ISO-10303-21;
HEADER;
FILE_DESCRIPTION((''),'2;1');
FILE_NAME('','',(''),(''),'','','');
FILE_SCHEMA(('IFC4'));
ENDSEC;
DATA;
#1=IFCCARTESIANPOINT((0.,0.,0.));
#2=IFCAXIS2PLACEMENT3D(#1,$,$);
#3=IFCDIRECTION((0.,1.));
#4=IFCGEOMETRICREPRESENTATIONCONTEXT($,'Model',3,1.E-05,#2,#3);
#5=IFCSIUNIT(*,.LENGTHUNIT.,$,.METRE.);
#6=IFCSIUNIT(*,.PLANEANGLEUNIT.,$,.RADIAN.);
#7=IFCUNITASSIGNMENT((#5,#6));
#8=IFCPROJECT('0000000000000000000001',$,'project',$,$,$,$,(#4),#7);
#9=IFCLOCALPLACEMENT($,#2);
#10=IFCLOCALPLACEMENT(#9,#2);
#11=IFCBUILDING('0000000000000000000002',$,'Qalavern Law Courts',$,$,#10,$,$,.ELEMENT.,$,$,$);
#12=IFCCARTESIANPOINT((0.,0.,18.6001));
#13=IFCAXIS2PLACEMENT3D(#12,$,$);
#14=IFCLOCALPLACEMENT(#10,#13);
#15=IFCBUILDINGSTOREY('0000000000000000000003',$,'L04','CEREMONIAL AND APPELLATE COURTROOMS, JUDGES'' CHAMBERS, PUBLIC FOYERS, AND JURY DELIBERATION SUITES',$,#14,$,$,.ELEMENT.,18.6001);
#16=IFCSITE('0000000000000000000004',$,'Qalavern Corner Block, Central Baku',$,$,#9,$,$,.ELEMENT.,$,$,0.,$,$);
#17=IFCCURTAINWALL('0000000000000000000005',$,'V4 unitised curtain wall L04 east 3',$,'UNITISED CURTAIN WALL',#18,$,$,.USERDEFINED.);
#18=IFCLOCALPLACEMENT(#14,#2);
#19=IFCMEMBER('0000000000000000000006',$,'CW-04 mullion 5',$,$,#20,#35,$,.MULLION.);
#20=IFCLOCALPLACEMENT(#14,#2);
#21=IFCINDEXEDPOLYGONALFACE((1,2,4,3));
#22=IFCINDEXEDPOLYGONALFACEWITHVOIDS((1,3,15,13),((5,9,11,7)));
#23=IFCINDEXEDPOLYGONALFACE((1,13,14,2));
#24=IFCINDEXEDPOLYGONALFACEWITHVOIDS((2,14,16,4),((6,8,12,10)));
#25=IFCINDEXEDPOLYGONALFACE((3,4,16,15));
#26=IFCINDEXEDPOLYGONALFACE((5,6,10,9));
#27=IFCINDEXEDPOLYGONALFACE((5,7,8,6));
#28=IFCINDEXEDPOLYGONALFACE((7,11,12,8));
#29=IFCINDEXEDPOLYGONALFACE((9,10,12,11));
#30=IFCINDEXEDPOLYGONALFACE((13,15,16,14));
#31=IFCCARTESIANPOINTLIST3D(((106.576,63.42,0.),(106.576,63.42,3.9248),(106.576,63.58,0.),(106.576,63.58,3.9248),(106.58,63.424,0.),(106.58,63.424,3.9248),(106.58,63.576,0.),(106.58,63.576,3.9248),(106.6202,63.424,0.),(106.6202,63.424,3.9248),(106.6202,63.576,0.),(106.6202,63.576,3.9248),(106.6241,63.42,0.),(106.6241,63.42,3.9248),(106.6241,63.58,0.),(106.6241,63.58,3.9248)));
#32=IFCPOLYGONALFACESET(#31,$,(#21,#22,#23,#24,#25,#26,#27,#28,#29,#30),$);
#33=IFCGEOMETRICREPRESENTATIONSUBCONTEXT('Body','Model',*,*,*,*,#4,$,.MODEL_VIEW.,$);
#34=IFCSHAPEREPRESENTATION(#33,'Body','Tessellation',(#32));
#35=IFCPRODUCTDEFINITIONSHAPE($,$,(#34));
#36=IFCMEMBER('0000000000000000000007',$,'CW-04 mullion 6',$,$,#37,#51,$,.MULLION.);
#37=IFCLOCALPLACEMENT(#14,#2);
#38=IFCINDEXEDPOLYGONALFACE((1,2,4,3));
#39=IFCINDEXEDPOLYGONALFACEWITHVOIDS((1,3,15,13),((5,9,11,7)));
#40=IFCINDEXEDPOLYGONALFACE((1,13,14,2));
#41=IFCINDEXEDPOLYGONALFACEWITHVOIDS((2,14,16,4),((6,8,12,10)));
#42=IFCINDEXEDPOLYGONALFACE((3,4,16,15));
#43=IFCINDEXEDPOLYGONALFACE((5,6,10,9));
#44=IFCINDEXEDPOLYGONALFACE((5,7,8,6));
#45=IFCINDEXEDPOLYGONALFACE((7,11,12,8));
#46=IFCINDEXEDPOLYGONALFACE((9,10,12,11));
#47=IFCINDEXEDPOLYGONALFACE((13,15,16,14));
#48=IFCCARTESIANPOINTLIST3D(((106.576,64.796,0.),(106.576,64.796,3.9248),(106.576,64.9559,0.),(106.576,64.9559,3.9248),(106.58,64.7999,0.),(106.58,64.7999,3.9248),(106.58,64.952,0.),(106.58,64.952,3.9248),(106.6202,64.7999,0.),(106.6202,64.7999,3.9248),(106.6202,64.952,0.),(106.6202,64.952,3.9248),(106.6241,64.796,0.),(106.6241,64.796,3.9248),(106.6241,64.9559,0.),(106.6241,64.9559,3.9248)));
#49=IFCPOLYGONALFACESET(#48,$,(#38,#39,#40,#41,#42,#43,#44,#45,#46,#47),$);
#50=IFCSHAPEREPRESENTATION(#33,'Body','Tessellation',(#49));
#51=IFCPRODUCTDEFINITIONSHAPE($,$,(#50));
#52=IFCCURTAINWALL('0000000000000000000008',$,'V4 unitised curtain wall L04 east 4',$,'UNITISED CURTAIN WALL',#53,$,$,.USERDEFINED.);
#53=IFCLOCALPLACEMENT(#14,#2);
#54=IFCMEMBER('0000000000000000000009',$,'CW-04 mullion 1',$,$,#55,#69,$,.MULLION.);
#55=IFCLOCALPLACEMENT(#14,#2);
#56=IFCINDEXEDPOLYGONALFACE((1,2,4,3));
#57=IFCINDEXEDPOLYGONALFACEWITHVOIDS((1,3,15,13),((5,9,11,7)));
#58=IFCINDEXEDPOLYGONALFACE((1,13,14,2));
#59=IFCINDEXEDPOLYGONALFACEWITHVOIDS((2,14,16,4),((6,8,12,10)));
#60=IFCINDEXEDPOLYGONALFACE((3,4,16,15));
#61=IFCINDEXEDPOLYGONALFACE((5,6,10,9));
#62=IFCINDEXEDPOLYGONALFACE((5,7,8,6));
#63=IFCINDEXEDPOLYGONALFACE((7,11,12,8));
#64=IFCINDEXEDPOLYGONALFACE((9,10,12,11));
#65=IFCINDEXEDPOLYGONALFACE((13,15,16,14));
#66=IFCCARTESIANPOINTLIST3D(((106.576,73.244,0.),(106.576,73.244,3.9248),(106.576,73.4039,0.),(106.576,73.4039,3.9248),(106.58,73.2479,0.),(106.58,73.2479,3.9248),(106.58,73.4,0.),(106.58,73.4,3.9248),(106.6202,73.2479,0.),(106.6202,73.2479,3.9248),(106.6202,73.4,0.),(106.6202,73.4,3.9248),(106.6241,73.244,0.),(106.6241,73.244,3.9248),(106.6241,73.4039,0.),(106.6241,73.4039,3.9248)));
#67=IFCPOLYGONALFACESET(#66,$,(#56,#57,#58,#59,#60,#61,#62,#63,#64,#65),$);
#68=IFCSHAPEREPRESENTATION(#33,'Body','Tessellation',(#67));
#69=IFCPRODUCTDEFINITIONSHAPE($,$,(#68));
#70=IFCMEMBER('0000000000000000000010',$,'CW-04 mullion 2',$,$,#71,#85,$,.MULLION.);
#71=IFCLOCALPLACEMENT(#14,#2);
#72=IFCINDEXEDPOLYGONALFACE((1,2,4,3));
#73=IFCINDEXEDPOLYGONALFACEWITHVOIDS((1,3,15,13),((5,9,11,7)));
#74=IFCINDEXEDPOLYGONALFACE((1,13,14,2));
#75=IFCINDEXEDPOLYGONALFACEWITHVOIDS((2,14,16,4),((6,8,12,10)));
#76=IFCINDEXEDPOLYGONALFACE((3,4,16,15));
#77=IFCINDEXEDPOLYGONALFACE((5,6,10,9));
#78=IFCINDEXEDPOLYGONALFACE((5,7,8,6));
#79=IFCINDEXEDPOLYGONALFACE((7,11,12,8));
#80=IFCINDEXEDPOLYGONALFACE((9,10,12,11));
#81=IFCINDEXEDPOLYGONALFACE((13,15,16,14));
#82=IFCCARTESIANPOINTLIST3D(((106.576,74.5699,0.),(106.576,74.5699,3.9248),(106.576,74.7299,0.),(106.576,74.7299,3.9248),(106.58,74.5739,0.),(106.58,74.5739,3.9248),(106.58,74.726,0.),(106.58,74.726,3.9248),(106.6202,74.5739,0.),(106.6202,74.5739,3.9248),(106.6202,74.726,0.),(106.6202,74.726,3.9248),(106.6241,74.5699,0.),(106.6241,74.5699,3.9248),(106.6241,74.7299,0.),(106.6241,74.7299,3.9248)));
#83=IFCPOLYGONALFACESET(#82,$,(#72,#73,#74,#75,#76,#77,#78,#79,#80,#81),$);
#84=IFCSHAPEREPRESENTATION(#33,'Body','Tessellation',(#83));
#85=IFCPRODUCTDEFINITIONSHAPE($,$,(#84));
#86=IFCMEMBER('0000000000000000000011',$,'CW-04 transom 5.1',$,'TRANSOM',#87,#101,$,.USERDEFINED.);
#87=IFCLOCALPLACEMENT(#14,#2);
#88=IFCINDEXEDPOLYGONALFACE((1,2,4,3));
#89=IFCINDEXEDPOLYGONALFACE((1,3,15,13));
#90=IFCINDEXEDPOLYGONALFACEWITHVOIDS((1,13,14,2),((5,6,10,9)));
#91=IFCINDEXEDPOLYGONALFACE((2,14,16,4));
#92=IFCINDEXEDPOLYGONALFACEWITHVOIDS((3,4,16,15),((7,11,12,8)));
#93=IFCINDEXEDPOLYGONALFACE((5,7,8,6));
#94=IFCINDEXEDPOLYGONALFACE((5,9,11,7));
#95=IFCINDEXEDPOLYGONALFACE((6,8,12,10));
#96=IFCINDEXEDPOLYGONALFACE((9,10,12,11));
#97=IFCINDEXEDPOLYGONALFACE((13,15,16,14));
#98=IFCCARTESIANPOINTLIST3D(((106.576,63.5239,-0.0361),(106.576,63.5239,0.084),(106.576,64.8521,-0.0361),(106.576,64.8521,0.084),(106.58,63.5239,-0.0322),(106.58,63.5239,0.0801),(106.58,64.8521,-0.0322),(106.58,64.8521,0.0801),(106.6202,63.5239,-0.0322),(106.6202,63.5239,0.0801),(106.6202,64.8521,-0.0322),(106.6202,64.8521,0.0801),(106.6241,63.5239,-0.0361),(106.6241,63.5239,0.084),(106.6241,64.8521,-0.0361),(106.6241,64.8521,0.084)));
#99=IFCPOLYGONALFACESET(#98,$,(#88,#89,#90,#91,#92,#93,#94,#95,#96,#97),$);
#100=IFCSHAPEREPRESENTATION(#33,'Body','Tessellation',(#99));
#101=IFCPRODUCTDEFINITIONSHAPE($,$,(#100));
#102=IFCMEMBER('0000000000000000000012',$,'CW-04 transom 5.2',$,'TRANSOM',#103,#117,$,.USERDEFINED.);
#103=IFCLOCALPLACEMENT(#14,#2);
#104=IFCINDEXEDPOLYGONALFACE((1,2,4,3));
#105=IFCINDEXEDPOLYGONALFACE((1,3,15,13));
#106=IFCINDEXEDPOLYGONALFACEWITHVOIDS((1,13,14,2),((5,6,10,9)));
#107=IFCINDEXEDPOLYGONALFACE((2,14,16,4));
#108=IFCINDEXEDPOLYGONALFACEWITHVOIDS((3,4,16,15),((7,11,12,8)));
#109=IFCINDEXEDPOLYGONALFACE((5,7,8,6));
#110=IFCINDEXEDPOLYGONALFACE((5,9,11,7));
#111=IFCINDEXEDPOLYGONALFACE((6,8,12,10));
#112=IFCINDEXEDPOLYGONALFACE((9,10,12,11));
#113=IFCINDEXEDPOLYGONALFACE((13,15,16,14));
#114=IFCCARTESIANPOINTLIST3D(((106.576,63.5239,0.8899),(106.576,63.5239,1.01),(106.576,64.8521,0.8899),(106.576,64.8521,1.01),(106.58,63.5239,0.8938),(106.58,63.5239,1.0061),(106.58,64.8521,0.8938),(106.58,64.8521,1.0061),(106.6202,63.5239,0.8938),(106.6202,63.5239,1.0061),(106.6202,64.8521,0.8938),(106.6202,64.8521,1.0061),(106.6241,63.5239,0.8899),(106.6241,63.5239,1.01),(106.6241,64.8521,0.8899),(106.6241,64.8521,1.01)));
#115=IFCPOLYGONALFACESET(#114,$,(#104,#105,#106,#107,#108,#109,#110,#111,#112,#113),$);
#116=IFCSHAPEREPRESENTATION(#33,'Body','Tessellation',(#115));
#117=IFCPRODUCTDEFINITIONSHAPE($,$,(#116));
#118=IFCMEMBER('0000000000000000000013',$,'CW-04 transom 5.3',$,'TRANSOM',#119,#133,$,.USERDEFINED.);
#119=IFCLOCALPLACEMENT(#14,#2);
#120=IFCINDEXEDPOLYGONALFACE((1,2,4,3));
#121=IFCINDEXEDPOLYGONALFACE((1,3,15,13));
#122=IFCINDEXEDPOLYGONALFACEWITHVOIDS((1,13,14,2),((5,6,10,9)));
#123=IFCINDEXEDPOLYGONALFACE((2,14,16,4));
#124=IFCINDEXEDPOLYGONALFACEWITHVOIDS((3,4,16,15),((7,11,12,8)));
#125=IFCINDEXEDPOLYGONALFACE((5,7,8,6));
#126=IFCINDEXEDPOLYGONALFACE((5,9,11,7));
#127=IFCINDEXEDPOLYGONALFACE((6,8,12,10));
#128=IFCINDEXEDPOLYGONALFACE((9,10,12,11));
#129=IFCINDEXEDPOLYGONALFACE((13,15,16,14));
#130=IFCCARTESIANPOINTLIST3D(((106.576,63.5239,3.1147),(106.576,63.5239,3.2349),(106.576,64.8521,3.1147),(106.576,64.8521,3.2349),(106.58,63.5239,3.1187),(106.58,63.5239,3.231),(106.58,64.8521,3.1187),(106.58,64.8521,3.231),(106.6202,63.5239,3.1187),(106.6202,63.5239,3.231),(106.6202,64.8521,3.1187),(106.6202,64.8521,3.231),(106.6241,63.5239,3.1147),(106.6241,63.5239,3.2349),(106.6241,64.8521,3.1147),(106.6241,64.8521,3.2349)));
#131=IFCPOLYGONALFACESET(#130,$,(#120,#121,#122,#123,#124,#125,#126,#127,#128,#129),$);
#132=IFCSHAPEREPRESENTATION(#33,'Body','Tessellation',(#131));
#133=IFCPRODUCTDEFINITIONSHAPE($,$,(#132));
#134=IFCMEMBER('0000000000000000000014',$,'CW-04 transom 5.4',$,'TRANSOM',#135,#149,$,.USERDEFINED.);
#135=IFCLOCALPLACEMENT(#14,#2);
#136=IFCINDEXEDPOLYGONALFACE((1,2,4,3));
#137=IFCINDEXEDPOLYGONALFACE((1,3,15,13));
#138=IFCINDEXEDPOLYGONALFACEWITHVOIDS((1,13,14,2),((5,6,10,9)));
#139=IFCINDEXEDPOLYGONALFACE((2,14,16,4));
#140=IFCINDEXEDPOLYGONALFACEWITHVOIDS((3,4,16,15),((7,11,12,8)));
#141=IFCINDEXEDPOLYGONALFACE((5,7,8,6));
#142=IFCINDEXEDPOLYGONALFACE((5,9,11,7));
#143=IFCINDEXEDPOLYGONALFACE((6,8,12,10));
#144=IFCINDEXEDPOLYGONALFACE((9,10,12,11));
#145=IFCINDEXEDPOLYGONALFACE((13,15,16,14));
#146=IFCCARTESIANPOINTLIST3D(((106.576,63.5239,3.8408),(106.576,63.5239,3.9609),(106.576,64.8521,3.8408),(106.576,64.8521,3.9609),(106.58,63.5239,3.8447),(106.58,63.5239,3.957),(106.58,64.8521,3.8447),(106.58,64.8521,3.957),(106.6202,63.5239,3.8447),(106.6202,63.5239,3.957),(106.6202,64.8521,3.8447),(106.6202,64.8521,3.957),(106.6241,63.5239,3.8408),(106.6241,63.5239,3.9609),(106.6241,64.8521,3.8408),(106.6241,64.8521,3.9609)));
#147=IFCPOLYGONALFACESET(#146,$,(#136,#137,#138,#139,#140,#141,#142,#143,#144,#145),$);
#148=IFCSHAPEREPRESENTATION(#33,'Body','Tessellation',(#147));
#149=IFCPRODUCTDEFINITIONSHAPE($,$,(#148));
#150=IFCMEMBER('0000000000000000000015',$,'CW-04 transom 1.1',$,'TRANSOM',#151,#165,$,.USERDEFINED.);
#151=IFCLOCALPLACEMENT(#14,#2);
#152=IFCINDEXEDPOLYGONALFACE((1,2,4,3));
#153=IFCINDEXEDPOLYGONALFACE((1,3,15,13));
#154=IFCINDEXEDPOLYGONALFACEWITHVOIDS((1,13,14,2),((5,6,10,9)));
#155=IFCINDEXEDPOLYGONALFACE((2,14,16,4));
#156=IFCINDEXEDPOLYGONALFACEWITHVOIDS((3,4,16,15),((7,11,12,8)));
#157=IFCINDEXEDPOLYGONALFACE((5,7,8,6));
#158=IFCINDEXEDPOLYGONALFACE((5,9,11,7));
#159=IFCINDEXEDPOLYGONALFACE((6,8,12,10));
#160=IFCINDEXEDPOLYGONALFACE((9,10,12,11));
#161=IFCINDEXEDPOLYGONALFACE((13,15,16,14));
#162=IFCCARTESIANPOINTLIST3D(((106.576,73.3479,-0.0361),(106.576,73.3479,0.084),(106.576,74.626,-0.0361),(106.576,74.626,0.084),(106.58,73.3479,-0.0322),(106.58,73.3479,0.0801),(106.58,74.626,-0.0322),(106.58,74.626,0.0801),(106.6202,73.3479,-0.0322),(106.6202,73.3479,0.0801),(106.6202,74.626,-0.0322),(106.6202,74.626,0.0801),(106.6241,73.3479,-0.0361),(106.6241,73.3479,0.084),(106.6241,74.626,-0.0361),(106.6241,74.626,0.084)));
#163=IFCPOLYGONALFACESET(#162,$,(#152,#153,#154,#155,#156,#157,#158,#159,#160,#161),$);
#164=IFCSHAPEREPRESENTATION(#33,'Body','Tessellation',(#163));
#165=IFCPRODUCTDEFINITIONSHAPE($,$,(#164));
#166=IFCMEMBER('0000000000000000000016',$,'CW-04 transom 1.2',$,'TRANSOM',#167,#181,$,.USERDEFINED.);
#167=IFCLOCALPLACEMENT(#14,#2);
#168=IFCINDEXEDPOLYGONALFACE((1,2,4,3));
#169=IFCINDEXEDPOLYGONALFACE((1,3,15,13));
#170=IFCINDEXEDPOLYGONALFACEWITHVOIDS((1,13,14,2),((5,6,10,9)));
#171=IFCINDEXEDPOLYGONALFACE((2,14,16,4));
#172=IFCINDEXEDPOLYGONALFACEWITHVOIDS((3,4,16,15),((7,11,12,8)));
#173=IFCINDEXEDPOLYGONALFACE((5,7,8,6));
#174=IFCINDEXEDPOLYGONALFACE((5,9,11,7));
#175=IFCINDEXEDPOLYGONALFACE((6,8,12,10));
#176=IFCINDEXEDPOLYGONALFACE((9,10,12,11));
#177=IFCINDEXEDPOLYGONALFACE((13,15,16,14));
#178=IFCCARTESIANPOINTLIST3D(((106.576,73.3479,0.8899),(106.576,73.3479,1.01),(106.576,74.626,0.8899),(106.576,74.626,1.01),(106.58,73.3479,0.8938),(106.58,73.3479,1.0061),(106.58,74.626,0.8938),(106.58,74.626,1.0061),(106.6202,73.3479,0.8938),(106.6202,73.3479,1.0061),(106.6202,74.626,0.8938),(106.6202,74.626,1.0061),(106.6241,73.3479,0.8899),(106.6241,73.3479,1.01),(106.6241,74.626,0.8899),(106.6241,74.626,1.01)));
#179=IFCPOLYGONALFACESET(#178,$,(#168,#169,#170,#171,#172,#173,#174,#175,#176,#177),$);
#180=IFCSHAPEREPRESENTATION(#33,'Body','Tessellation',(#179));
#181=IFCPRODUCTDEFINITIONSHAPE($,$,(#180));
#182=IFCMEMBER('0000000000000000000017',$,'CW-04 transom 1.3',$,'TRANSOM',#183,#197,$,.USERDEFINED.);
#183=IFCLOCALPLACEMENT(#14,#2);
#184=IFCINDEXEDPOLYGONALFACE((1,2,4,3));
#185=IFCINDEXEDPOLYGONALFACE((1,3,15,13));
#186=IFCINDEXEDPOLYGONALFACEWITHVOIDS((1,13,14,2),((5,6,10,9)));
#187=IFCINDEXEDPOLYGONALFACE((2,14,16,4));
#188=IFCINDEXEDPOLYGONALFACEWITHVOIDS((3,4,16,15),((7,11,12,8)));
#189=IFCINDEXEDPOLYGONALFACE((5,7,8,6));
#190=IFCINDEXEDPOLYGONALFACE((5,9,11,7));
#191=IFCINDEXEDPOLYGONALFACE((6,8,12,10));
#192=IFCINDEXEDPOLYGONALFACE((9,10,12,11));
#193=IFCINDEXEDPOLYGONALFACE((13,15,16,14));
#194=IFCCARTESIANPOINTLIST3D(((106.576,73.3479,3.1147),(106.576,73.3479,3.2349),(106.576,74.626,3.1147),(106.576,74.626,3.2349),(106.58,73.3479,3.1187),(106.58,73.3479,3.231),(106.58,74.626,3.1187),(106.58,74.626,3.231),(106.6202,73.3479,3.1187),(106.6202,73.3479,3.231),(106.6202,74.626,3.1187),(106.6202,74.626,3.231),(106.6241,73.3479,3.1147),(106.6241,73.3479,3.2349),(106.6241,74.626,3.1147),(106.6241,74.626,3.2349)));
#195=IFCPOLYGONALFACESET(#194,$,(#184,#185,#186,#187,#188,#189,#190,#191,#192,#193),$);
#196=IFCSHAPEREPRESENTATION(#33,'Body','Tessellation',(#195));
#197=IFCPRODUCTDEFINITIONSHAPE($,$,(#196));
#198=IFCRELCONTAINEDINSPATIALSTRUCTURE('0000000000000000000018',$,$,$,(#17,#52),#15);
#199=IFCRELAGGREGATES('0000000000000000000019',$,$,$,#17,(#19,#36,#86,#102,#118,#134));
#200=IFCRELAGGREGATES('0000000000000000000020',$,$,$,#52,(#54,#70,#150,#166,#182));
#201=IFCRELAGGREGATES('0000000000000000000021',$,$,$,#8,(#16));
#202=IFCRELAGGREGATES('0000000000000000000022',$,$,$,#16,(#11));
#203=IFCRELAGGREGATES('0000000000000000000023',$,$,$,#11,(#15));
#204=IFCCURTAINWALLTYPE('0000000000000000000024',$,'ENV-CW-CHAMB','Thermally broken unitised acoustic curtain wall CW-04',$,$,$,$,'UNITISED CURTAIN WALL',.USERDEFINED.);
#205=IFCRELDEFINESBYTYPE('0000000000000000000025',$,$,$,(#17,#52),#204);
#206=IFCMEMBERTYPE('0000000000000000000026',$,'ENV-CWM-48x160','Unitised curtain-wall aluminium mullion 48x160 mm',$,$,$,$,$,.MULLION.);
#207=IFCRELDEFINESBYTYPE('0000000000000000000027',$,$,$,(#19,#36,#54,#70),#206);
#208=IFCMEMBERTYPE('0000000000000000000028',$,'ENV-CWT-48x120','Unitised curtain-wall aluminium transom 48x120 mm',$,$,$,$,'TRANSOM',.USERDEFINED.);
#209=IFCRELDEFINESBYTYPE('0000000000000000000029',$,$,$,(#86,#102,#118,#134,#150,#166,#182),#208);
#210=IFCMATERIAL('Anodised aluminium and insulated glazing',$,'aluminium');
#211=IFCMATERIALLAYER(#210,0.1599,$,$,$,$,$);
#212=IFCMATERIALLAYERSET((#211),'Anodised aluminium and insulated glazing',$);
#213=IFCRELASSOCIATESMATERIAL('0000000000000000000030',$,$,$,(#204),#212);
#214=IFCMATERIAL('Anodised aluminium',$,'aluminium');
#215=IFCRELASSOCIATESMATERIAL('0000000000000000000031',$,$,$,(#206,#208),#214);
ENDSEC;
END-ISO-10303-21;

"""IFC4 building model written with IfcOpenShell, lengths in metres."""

from ifc_helpers import new_model, si_unit, direction, frame, origin, origin_2d, place, context, subcontext, project, spatial, hollow_rectangle, extrude, material, layer, layer_set, material_profile, profile_set, type_object, element, aggregate, save


model = new_model("IFC4")

# Units and contexts
model_context = context("Model", 3, precision=1e-05, world=origin(), true_north=direction((0.0, 1.0)))
body_context = subcontext(model_context, "Body", "Model", "MODEL_VIEW")
ifc_project = project(units=[si_unit("LENGTHUNIT", "METRE"), si_unit("PLANEANGLEUNIT", "RADIAN")], contexts=[model_context])

# Site, building, storey
site_placement = place(None, origin())
site = spatial("IfcSite", under=ifc_project, at=site_placement, Name="Qalavern Corner Block, Central Baku", CompositionType="ELEMENT", RefElevation=0.0)
building_placement = place(site_placement, origin())
building = spatial("IfcBuilding", under=site, at=building_placement, Name="Qalavern Law Courts", CompositionType="ELEMENT")
storey_placement = place(building_placement, frame((0.0, 0.0, 18.6001)))
storey = spatial("IfcBuildingStorey", under=building, at=storey_placement, Name="L04", Description="CEREMONIAL AND APPELLATE COURTROOMS, JUDGES' CHAMBERS, PUBLIC FOYERS, AND JURY DELIBERATION SUITES", CompositionType="ELEMENT", Elevation=18.6001)

# Curtain walls, members
ifc_material_1 = material(Name="Anodised aluminium and insulated glazing", Category="aluminium")
ifc_layer_1 = layer(ifc_material_1, 0.1599)
ifc_layer_set_1 = layer_set([ifc_layer_1], Name="Anodised aluminium and insulated glazing")
curtain_wall_type = type_object("IfcCurtainWallType", Name="ENV-CW-CHAMB", Description="Thermally broken unitised acoustic curtain wall CW-04", ElementType="UNITISED CURTAIN WALL", PredefinedType="USERDEFINED", material=ifc_layer_set_1)
curtain_wall_1_placement = place(storey_placement, origin())
curtain_wall_1 = element("IfcCurtainWall", 1, at=curtain_wall_1_placement, inside=storey, type_object=curtain_wall_type, Name="V4 unitised curtain wall L04 east 3", ObjectType="UNITISED CURTAIN WALL", PredefinedType="USERDEFINED")
ifc_material_2 = material(Name="Anodised aluminium", Category="aluminium")
ifc_material_profile_1 = material_profile(ifc_material_2, hollow_rectangle(XDim=0.0481, YDim=0.1599, WallThickness=0.0039, at=origin_2d()), Name="ALU MULLION 48x160")
ifc_profile_set_1 = profile_set([ifc_material_profile_1], Name="Anodised aluminium")
member_type_1 = type_object("IfcMemberType", Name="ENV-CWM-48x160", Description="Unitised curtain-wall aluminium mullion 48x160 mm", PredefinedType="MULLION", material=ifc_profile_set_1)
member_1_placement = place(storey_placement, frame((106.6001, 63.5, 0.0), z_axis=(0.0, 0.0, 1.0), x_axis=(-1.0, 0.0, 0.0)))
member_1 = element("IfcMember", 2, at=member_1_placement, type_object=member_type_1, Name="CW-04 mullion 5", PredefinedType="MULLION", context=body_context, shape_type="SweptSolid", body=[
    extrude(hollow_rectangle(XDim=0.0481, YDim=0.1599, WallThickness=0.0039, at=origin_2d()), origin(), (0.0, 0.0, 1.0), 3.9248),
])
member_2_placement = place(storey_placement, frame((106.6001, 64.876, 0.0), z_axis=(0.0, 0.0, 1.0), x_axis=(-1.0, 0.0, 0.0)))
member_2 = element("IfcMember", 3, at=member_2_placement, type_object=member_type_1, Name="CW-04 mullion 6", PredefinedType="MULLION", context=body_context, shape_type="SweptSolid", body=[
    extrude(hollow_rectangle(XDim=0.0481, YDim=0.1599, WallThickness=0.0039, at=origin_2d()), origin(), (0.0, 0.0, 1.0), 3.9248),
])
curtain_wall_2_placement = place(storey_placement, origin())
curtain_wall_2 = element("IfcCurtainWall", 4, at=curtain_wall_2_placement, inside=storey, type_object=curtain_wall_type, Name="V4 unitised curtain wall L04 east 4", ObjectType="UNITISED CURTAIN WALL", PredefinedType="USERDEFINED")
member_3_placement = place(storey_placement, frame((106.6001, 73.324, 0.0), z_axis=(0.0, 0.0, 1.0), x_axis=(-1.0, 0.0, 0.0)))
member_3 = element("IfcMember", 5, at=member_3_placement, type_object=member_type_1, Name="CW-04 mullion 1", PredefinedType="MULLION", context=body_context, shape_type="SweptSolid", body=[
    extrude(hollow_rectangle(XDim=0.0481, YDim=0.1599, WallThickness=0.0039, at=origin_2d()), origin(), (0.0, 0.0, 1.0), 3.9248),
])
member_4_placement = place(storey_placement, frame((106.6001, 74.6499, 0.0), z_axis=(0.0, 0.0, 1.0), x_axis=(-1.0, 0.0, 0.0)))
member_4 = element("IfcMember", 6, at=member_4_placement, type_object=member_type_1, Name="CW-04 mullion 2", PredefinedType="MULLION", context=body_context, shape_type="SweptSolid", body=[
    extrude(hollow_rectangle(XDim=0.0481, YDim=0.1599, WallThickness=0.0039, at=origin_2d()), origin(), (0.0, 0.0, 1.0), 3.9248),
])

# Members
ifc_material_profile_2 = material_profile(ifc_material_2, hollow_rectangle(XDim=0.0481, YDim=0.1201, WallThickness=0.0039, at=origin_2d()), Name="ALU TRANSOM 48x120")
ifc_profile_set_2 = profile_set([ifc_material_profile_2], Name="Anodised aluminium")
member_type_2 = type_object("IfcMemberType", Name="ENV-CWT-48x120", Description="Unitised curtain-wall aluminium transom 48x120 mm", ElementType="TRANSOM", PredefinedType="USERDEFINED", material=ifc_profile_set_2)
member_5_placement = place(storey_placement, frame((106.6001, 63.5239, 0.0239), z_axis=(0.0, 1.0, 0.0), x_axis=(-1.0, 0.0, 0.0)))
member_5 = element("IfcMember", 7, at=member_5_placement, type_object=member_type_2, Name="CW-04 transom 5.1", ObjectType="TRANSOM", PredefinedType="USERDEFINED", context=body_context, shape_type="SweptSolid", body=[
    extrude(hollow_rectangle(XDim=0.0481, YDim=0.1201, WallThickness=0.0039, at=origin_2d()), origin(), (0.0, 0.0, 1.0), 1.3281),
])
member_6_placement = place(storey_placement, frame((106.6001, 63.5239, 0.95), z_axis=(0.0, 1.0, 0.0), x_axis=(-1.0, 0.0, 0.0)))
member_6 = element("IfcMember", 8, at=member_6_placement, type_object=member_type_2, Name="CW-04 transom 5.2", ObjectType="TRANSOM", PredefinedType="USERDEFINED", context=body_context, shape_type="SweptSolid", body=[
    extrude(hollow_rectangle(XDim=0.0481, YDim=0.1201, WallThickness=0.0039, at=origin_2d()), origin(), (0.0, 0.0, 1.0), 1.3281),
])
member_7_placement = place(storey_placement, frame((106.6001, 63.5239, 3.1748), z_axis=(0.0, 1.0, 0.0), x_axis=(-1.0, 0.0, 0.0)))
member_7 = element("IfcMember", 9, at=member_7_placement, type_object=member_type_2, Name="CW-04 transom 5.3", ObjectType="TRANSOM", PredefinedType="USERDEFINED", context=body_context, shape_type="SweptSolid", body=[
    extrude(hollow_rectangle(XDim=0.0481, YDim=0.1201, WallThickness=0.0039, at=origin_2d()), origin(), (0.0, 0.0, 1.0), 1.3281),
])
member_8_placement = place(storey_placement, frame((106.6001, 63.5239, 3.9009), z_axis=(0.0, 1.0, 0.0), x_axis=(-1.0, 0.0, 0.0)))
member_8 = element("IfcMember", 10, at=member_8_placement, type_object=member_type_2, Name="CW-04 transom 5.4", ObjectType="TRANSOM", PredefinedType="USERDEFINED", context=body_context, shape_type="SweptSolid", body=[
    extrude(hollow_rectangle(XDim=0.0481, YDim=0.1201, WallThickness=0.0039, at=origin_2d()), origin(), (0.0, 0.0, 1.0), 1.3281),
])
member_9_placement = place(storey_placement, frame((106.6001, 73.3479, 0.0239), z_axis=(0.0, 1.0, 0.0), x_axis=(-1.0, 0.0, 0.0)))
member_9 = element("IfcMember", 11, at=member_9_placement, type_object=member_type_2, Name="CW-04 transom 1.1", ObjectType="TRANSOM", PredefinedType="USERDEFINED", context=body_context, shape_type="SweptSolid", body=[
    extrude(hollow_rectangle(XDim=0.0481, YDim=0.1201, WallThickness=0.0039, at=origin_2d()), origin(), (0.0, 0.0, 1.0), 1.2781),
])
member_10_placement = place(storey_placement, frame((106.6001, 73.3479, 0.95), z_axis=(0.0, 1.0, 0.0), x_axis=(-1.0, 0.0, 0.0)))
member_10 = element("IfcMember", 12, at=member_10_placement, type_object=member_type_2, Name="CW-04 transom 1.2", ObjectType="TRANSOM", PredefinedType="USERDEFINED", context=body_context, shape_type="SweptSolid", body=[
    extrude(hollow_rectangle(XDim=0.0481, YDim=0.1201, WallThickness=0.0039, at=origin_2d()), origin(), (0.0, 0.0, 1.0), 1.2781),
])
member_11_placement = place(storey_placement, frame((106.6001, 73.3479, 3.1748), z_axis=(0.0, 1.0, 0.0), x_axis=(-1.0, 0.0, 0.0)))
member_11 = element("IfcMember", 13, at=member_11_placement, type_object=member_type_2, Name="CW-04 transom 1.3", ObjectType="TRANSOM", PredefinedType="USERDEFINED", context=body_context, shape_type="SweptSolid", body=[
    extrude(hollow_rectangle(XDim=0.0481, YDim=0.1201, WallThickness=0.0039, at=origin_2d()), origin(), (0.0, 0.0, 1.0), 1.2781),
])

aggregate(curtain_wall_1, [member_1, member_2, member_5, member_6, member_7, member_8])
aggregate(curtain_wall_2, [member_3, member_4, member_9, member_10, member_11])

save(model, "model.ifc")
